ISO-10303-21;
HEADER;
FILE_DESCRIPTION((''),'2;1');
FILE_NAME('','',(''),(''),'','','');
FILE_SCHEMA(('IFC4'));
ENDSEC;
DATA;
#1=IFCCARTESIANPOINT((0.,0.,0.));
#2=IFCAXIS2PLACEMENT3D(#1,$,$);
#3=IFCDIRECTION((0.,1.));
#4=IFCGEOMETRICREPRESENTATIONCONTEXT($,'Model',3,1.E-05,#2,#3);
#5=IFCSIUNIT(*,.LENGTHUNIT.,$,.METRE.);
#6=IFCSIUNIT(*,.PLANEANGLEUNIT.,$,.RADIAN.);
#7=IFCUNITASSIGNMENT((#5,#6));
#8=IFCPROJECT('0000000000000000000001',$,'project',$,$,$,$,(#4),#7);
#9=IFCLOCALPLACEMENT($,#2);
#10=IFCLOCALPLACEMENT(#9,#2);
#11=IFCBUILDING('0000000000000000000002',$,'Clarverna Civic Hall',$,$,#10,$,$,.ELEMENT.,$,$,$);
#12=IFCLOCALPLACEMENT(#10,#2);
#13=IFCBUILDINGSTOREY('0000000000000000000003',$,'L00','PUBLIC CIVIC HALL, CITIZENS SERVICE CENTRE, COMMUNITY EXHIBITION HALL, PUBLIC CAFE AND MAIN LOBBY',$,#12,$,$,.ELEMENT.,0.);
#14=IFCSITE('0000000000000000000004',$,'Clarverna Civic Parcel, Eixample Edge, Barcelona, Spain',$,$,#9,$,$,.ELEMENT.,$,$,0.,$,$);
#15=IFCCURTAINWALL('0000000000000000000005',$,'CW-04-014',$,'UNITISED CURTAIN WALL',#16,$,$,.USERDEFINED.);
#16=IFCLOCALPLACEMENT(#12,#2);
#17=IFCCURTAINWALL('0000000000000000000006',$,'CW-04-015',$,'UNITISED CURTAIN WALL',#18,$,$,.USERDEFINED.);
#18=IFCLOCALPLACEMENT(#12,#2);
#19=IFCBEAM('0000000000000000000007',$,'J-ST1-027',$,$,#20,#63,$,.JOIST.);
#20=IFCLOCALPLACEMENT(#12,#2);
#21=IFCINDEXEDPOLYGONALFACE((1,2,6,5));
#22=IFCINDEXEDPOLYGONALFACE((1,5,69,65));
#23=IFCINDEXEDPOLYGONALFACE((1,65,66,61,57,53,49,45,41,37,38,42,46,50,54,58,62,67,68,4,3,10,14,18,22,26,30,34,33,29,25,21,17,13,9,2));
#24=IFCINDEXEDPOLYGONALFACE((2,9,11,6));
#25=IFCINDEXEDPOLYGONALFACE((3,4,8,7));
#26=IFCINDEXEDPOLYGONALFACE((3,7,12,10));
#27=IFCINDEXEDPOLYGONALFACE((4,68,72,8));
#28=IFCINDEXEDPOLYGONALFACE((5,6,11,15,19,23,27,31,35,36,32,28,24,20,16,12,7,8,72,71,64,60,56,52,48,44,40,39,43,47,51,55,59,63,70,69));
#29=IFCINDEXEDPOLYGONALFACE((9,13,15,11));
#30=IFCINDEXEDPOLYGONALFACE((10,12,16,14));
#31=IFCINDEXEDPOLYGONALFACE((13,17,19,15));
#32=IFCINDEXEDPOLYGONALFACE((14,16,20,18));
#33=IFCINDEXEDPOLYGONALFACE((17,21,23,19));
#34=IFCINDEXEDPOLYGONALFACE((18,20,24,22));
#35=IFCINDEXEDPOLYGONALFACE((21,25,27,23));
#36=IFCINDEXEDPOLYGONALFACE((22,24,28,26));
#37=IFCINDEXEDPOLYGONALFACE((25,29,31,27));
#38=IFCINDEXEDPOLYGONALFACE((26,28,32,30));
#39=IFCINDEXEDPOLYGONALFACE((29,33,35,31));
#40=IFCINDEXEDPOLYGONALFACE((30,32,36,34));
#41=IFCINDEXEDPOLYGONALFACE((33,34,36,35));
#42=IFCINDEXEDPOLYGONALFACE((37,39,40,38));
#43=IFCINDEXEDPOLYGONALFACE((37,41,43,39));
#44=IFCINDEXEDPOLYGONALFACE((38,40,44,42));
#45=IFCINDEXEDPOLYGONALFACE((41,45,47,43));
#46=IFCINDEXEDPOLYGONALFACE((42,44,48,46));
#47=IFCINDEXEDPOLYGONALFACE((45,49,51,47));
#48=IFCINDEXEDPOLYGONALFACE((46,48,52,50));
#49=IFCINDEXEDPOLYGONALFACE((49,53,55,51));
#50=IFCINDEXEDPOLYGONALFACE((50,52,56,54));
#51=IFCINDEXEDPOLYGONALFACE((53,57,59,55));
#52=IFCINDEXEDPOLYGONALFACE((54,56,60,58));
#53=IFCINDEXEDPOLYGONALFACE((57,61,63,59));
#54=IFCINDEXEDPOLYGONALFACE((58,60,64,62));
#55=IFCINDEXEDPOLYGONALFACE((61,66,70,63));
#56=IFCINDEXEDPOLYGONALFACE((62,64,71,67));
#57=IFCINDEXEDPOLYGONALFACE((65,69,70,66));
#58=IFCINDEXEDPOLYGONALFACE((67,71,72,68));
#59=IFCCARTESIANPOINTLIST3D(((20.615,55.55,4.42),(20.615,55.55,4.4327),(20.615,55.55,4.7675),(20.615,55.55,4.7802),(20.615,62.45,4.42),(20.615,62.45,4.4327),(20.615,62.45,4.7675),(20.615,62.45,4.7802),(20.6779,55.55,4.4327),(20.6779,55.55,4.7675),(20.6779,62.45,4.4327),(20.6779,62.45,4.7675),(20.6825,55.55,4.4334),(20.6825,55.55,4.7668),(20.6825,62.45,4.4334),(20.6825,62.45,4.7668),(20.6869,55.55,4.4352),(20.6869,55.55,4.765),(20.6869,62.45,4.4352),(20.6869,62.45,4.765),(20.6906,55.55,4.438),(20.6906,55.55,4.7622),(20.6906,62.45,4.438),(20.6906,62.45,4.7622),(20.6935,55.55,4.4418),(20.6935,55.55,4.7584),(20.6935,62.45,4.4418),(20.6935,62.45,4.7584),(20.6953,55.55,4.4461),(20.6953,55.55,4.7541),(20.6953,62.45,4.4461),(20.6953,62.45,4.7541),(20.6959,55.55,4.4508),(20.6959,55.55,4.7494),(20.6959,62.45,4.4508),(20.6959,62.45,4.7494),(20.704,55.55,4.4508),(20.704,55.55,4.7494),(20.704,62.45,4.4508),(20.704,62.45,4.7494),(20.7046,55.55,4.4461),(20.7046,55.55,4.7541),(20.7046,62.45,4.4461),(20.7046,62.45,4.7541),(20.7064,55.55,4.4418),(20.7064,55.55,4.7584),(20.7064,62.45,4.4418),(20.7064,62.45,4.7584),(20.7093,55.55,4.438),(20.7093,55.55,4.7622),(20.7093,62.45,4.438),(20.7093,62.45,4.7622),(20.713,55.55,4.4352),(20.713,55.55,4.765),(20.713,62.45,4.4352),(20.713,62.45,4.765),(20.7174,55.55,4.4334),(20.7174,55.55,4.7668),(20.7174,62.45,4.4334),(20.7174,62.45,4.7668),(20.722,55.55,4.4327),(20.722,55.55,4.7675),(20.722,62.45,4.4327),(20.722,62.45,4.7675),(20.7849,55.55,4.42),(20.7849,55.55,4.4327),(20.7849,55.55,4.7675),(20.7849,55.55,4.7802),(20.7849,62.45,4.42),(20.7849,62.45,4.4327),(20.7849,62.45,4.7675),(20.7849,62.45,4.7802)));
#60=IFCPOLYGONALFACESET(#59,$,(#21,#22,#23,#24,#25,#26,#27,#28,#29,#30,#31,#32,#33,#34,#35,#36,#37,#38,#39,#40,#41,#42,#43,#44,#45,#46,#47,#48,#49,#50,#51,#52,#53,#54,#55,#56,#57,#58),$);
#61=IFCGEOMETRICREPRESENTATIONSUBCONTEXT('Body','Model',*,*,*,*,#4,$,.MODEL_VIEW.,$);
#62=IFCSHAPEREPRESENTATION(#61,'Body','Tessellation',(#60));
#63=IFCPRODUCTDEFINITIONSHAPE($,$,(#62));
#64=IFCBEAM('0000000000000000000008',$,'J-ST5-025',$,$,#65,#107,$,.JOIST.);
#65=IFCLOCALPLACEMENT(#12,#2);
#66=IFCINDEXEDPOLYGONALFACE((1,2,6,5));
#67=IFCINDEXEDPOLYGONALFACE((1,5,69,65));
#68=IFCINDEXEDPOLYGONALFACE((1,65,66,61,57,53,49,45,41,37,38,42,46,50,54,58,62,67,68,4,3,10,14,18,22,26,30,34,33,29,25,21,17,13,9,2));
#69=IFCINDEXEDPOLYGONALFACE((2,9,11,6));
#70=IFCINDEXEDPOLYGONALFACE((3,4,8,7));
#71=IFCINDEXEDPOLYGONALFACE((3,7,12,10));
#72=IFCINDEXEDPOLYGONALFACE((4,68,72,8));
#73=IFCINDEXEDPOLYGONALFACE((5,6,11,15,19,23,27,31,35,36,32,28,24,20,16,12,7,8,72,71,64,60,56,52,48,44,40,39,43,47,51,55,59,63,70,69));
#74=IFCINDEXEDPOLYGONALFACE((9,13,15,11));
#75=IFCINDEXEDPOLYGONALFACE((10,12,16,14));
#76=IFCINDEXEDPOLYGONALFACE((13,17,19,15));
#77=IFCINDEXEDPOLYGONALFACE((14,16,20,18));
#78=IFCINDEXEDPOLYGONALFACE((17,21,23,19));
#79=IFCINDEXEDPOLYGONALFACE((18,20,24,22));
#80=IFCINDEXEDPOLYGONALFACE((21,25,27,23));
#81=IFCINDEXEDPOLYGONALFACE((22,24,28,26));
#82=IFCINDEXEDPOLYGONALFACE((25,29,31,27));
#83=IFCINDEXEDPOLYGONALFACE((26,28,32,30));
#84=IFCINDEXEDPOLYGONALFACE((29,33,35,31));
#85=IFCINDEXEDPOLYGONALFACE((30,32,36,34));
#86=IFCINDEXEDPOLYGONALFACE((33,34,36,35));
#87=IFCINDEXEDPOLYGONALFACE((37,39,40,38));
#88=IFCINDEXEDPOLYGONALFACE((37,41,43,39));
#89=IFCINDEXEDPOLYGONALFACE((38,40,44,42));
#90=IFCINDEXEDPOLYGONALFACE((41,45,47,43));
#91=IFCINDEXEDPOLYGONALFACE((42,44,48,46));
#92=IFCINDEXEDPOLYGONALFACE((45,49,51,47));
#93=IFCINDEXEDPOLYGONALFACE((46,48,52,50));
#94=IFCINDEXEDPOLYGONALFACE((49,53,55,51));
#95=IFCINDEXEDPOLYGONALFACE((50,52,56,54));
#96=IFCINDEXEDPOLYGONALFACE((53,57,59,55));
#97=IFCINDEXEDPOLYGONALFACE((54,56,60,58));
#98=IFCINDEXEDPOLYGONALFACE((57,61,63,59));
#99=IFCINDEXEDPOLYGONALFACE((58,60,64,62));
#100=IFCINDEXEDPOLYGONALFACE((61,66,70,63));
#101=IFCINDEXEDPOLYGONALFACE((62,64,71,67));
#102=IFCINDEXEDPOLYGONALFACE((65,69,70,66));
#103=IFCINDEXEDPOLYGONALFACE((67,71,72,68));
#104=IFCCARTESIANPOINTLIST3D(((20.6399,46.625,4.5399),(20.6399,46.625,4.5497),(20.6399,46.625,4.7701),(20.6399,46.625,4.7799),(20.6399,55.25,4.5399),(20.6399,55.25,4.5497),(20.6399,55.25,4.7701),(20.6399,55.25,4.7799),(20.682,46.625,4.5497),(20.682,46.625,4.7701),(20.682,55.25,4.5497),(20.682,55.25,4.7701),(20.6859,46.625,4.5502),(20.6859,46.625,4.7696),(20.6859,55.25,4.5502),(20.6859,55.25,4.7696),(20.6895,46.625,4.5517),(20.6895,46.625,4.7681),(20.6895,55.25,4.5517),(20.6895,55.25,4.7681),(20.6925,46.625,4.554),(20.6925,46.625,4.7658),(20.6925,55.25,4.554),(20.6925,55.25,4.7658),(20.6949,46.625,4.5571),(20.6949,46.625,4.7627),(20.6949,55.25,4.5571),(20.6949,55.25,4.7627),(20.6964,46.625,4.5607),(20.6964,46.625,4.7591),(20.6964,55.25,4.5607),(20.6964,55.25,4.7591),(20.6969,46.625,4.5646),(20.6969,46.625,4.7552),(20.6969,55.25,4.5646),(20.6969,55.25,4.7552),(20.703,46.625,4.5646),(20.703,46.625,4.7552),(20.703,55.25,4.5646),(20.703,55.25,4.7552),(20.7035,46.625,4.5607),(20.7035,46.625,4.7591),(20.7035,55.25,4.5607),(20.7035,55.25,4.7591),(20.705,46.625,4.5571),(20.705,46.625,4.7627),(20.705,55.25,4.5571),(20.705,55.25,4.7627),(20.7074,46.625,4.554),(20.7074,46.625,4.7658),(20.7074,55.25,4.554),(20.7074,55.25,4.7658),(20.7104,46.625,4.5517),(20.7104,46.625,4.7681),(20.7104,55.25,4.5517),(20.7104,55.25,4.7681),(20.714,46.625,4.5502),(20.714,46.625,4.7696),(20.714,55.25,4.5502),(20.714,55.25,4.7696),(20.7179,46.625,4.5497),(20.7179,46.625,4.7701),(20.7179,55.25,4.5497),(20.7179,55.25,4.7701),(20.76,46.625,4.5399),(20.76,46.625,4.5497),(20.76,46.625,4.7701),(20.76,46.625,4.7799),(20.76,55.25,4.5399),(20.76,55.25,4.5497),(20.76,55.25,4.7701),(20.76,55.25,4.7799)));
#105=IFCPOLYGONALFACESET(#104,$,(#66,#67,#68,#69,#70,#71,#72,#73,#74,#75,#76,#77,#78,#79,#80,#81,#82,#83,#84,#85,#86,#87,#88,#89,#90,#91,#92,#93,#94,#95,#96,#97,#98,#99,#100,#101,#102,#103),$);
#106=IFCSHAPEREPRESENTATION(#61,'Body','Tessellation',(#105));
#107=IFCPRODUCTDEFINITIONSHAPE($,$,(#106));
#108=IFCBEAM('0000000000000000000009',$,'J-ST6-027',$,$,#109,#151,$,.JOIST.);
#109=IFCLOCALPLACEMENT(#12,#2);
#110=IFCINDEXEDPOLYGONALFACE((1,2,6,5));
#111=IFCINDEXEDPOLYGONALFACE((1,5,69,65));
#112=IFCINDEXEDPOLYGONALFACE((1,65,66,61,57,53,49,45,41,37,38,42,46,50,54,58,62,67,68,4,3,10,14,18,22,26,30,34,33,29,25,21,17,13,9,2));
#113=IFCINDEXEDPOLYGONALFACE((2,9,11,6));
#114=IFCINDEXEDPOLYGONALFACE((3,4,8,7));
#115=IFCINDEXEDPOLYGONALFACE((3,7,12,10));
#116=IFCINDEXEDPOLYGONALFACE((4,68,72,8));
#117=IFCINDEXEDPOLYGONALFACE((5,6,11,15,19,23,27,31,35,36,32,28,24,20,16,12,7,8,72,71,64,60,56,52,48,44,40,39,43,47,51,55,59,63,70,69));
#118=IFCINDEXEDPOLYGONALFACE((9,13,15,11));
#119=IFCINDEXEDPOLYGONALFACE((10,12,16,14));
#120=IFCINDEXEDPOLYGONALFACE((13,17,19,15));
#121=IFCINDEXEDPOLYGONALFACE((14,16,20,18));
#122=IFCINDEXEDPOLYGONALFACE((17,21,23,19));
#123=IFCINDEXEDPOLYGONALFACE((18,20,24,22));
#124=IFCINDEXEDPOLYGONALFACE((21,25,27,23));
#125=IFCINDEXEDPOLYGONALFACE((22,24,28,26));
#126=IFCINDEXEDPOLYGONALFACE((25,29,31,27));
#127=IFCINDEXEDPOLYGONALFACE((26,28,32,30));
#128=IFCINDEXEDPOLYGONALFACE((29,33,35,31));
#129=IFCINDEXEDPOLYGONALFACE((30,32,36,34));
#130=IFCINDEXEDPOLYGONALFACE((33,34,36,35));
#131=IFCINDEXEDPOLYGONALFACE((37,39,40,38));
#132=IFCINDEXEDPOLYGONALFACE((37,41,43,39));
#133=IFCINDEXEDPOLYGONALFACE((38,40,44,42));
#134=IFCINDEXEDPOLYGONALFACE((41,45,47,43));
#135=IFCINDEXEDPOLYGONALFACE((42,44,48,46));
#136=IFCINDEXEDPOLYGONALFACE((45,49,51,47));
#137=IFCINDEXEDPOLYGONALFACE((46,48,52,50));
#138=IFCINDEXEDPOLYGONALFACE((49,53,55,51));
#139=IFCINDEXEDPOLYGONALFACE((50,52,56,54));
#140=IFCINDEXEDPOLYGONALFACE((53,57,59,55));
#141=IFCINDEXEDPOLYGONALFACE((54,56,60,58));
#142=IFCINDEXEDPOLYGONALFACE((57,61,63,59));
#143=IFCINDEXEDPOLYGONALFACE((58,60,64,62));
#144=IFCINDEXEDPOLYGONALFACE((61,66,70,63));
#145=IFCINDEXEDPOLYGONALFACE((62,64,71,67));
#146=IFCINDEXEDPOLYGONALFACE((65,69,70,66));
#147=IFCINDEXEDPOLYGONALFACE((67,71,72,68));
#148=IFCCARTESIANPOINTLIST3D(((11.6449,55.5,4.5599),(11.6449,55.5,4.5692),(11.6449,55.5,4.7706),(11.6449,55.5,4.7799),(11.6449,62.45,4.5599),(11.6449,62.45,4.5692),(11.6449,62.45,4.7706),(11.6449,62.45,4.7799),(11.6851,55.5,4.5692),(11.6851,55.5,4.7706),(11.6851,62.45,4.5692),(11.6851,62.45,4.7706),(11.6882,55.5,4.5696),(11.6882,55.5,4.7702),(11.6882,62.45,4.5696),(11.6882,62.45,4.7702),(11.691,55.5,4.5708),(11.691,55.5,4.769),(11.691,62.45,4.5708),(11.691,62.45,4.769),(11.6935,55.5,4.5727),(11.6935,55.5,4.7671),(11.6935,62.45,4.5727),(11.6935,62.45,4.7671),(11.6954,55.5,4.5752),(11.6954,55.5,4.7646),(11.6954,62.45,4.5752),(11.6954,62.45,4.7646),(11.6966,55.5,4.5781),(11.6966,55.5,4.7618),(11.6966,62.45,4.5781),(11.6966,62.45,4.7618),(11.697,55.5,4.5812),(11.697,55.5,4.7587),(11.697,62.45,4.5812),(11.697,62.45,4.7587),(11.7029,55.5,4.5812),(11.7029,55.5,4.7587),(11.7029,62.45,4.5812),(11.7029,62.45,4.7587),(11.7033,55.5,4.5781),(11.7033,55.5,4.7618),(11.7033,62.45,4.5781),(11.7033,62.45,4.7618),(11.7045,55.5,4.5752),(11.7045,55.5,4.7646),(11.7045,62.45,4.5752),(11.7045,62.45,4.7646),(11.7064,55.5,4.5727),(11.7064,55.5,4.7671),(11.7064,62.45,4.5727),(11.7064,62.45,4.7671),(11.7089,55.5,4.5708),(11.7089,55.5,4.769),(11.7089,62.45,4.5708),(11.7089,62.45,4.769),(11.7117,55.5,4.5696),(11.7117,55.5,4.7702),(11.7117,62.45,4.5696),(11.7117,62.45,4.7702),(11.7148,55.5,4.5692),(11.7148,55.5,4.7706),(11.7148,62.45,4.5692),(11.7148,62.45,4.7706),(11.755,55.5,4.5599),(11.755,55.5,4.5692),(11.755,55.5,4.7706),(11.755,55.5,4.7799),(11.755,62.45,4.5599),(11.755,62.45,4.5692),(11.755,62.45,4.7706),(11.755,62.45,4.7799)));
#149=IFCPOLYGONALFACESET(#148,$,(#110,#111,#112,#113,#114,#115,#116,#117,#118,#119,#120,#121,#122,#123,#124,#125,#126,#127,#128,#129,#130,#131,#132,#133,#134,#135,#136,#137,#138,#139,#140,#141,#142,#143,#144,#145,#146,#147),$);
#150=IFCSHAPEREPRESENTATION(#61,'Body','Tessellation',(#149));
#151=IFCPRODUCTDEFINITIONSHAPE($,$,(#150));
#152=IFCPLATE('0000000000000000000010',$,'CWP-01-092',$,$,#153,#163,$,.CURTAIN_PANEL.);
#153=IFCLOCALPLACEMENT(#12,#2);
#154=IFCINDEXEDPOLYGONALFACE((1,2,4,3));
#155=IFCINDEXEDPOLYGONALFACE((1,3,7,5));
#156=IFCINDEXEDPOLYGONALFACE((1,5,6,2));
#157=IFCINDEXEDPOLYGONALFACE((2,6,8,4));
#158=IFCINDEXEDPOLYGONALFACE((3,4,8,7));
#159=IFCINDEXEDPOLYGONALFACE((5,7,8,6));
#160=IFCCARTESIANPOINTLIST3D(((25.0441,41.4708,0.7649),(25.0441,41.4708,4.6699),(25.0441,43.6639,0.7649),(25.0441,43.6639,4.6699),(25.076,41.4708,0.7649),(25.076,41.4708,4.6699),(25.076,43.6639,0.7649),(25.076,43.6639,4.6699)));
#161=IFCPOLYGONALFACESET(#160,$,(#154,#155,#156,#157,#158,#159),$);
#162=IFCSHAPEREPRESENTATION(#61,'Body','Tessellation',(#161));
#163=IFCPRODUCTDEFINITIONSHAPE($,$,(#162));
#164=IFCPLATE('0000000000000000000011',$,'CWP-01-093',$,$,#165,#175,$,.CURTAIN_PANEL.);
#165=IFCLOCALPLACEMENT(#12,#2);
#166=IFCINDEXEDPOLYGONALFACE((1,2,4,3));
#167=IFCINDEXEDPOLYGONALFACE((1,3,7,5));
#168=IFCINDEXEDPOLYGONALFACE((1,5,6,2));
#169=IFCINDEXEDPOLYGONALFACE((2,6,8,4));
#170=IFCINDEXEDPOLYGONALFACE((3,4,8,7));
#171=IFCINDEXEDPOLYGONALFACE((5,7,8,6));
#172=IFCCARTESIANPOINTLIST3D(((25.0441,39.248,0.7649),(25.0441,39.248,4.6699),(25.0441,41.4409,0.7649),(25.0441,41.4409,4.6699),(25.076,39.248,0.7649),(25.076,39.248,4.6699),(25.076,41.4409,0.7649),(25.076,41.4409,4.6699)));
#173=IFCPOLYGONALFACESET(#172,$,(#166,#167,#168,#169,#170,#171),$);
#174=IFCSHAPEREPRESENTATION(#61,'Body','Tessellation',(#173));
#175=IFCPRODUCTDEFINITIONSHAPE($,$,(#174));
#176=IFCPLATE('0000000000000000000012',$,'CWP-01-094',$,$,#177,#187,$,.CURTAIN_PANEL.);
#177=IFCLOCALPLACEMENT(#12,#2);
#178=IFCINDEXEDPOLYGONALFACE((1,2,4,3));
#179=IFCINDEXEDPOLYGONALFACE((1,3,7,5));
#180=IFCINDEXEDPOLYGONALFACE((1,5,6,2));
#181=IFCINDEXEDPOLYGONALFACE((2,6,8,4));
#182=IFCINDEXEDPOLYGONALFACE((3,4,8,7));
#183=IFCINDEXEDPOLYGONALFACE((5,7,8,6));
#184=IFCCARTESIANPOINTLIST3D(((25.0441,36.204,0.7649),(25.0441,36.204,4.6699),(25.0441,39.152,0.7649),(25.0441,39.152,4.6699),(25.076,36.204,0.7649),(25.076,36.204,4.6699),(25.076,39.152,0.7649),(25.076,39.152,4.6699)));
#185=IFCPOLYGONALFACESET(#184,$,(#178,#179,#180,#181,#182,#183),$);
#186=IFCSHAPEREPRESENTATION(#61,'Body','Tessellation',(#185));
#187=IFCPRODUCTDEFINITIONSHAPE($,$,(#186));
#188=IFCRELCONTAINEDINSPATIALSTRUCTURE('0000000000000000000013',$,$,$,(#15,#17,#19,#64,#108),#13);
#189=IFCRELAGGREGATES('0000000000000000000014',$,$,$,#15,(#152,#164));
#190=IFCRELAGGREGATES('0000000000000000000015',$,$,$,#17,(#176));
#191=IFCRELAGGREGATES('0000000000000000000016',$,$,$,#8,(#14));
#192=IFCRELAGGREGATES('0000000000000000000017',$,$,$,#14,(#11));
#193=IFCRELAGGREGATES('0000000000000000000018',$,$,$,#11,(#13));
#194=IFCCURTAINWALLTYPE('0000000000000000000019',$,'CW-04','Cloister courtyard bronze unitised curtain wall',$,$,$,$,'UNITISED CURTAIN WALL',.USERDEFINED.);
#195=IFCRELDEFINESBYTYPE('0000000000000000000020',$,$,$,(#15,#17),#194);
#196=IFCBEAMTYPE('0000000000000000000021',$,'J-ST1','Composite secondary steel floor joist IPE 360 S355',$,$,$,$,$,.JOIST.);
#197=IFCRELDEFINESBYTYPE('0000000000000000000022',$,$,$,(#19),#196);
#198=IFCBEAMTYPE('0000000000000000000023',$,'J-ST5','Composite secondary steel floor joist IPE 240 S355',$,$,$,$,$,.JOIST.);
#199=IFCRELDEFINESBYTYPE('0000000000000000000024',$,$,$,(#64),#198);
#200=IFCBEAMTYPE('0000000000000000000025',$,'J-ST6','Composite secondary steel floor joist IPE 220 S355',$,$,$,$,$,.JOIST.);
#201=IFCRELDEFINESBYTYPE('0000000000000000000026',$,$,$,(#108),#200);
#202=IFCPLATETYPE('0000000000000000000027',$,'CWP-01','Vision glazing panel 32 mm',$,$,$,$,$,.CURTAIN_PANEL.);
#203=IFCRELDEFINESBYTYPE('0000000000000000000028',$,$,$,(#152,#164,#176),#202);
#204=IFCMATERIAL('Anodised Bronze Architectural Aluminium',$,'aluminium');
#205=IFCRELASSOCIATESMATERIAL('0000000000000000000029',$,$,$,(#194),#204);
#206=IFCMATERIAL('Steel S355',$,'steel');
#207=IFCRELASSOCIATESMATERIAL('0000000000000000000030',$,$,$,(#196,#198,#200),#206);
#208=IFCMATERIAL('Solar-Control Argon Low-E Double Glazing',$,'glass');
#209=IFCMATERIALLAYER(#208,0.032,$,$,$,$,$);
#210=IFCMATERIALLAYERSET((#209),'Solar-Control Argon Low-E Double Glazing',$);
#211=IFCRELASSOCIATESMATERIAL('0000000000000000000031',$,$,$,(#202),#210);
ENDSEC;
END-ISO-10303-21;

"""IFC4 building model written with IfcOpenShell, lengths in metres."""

from ifc_helpers import new_model, si_unit, direction, frame, frame_2d, origin, origin_2d, place, context, subcontext, project, spatial, rectangle, i_section, extrude, material, layer, layer_set, material_profile, profile_set, type_object, element, aggregate, save


model = new_model("IFC4")

# Units and contexts
model_context = context("Model", 3, precision=1e-05, world=origin(), true_north=direction((0.0, 1.0)))
body_context = subcontext(model_context, "Body", "Model", "MODEL_VIEW")
ifc_project = project(units=[si_unit("LENGTHUNIT", "METRE"), si_unit("PLANEANGLEUNIT", "RADIAN")], contexts=[model_context])

# Site, building, storey
site_placement = place(None, origin())
site = spatial("IfcSite", under=ifc_project, at=site_placement, Name="Clarverna Civic Parcel, Eixample Edge, Barcelona, Spain", CompositionType="ELEMENT", RefElevation=0.0)
building_placement = place(site_placement, origin())
building = spatial("IfcBuilding", under=site, at=building_placement, Name="Clarverna Civic Hall", CompositionType="ELEMENT")
storey_placement = place(building_placement, origin())
storey = spatial("IfcBuildingStorey", under=building, at=storey_placement, Name="L00", Description="PUBLIC CIVIC HALL, CITIZENS SERVICE CENTRE, COMMUNITY EXHIBITION HALL, PUBLIC CAFE AND MAIN LOBBY", CompositionType="ELEMENT", Elevation=0.0)

# Shared definitions
ifc_material_1 = material(Name="Steel S355", Category="steel")

# Curtain walls
ifc_material_2 = material(Name="Anodised Bronze Architectural Aluminium", Category="aluminium")
curtain_wall_type = type_object("IfcCurtainWallType", Name="CW-04", Description="Cloister courtyard bronze unitised curtain wall", ElementType="UNITISED CURTAIN WALL", PredefinedType="USERDEFINED", material=ifc_material_2)
curtain_wall_1_placement = place(storey_placement, origin())
curtain_wall_1 = element("IfcCurtainWall", 1, at=curtain_wall_1_placement, inside=storey, type_object=curtain_wall_type, Name="CW-04-014", ObjectType="UNITISED CURTAIN WALL", PredefinedType="USERDEFINED")
curtain_wall_2_placement = place(storey_placement, origin())
curtain_wall_2 = element("IfcCurtainWall", 2, at=curtain_wall_2_placement, inside=storey, type_object=curtain_wall_type, Name="CW-04-015", ObjectType="UNITISED CURTAIN WALL", PredefinedType="USERDEFINED")

# Beams
ifc_material_profile_1 = material_profile(ifc_material_1, i_section(OverallWidth=0.1699, OverallDepth=0.3601, WebThickness=0.0081, FlangeThickness=0.0127, FilletRadius=0.0181, at=origin_2d()), Name="IPE 360")
ifc_profile_set_1 = profile_set([ifc_material_profile_1], Name="Steel S355")
beam_type_1 = type_object("IfcBeamType", Name="J-ST1", Description="Composite secondary steel floor joist IPE 360 S355", PredefinedType="JOIST", material=ifc_profile_set_1)
beam_1_placement = place(storey_placement, frame((20.7, 55.55, 4.6001), z_axis=(0.0, 1.0, 0.0), x_axis=(-1.0, 0.0, 0.0)))
element("IfcBeam", 3, at=beam_1_placement, inside=storey, type_object=beam_type_1, Name="J-ST1-027", PredefinedType="JOIST", context=body_context, shape_type="SweptSolid", body=[
    extrude(i_section(OverallWidth=0.1699, OverallDepth=0.3601, WebThickness=0.0081, FlangeThickness=0.0127, FilletRadius=0.0181, at=origin_2d()), origin(), (0.0, 0.0, 1.0), 6.8999),
])
ifc_material_profile_2 = material_profile(ifc_material_1, i_section(OverallWidth=0.1201, OverallDepth=0.24, WebThickness=0.0061, FlangeThickness=0.0098, FilletRadius=0.0149, at=origin_2d()), Name="IPE 240")
ifc_profile_set_2 = profile_set([ifc_material_profile_2], Name="Steel S355")
beam_type_2 = type_object("IfcBeamType", Name="J-ST5", Description="Composite secondary steel floor joist IPE 240 S355", PredefinedType="JOIST", material=ifc_profile_set_2)
beam_2_placement = place(storey_placement, frame((20.7, 46.625, 4.6599), z_axis=(0.0, 1.0, 0.0), x_axis=(-1.0, 0.0, 0.0)))
element("IfcBeam", 4, at=beam_2_placement, inside=storey, type_object=beam_type_2, Name="J-ST5-025", PredefinedType="JOIST", context=body_context, shape_type="SweptSolid", body=[
    extrude(i_section(OverallWidth=0.1201, OverallDepth=0.24, WebThickness=0.0061, FlangeThickness=0.0098, FilletRadius=0.0149, at=origin_2d()), origin(), (0.0, 0.0, 1.0), 8.625),
])
ifc_material_profile_3 = material_profile(ifc_material_1, i_section(OverallWidth=0.1101, OverallDepth=0.22, WebThickness=0.0059, FlangeThickness=0.0093, FilletRadius=0.012, at=origin_2d()), Name="IPE 220")
ifc_profile_set_3 = profile_set([ifc_material_profile_3], Name="Steel S355")
beam_type_3 = type_object("IfcBeamType", Name="J-ST6", Description="Composite secondary steel floor joist IPE 220 S355", PredefinedType="JOIST", material=ifc_profile_set_3)
beam_3_placement = place(storey_placement, frame((11.7, 55.5, 4.6699), z_axis=(0.0, 1.0, 0.0), x_axis=(-1.0, 0.0, 0.0)))
element("IfcBeam", 5, at=beam_3_placement, inside=storey, type_object=beam_type_3, Name="J-ST6-027", PredefinedType="JOIST", context=body_context, shape_type="SweptSolid", body=[
    extrude(i_section(OverallWidth=0.1101, OverallDepth=0.22, WebThickness=0.0059, FlangeThickness=0.0093, FilletRadius=0.012, at=origin_2d()), origin(), (0.0, 0.0, 1.0), 6.95),
])

# Plates
ifc_material_3 = material(Name="Solar-Control Argon Low-E Double Glazing", Category="glass")
ifc_layer_1 = layer(ifc_material_3, 0.032)
ifc_layer_set_1 = layer_set([ifc_layer_1], Name="Solar-Control Argon Low-E Double Glazing")
plate_type_1 = type_object("IfcPlateType", Name="CWP-01", Description="Vision glazing panel 32 mm", PredefinedType="CURTAIN_PANEL", material=ifc_layer_set_1)
plate_1_placement = place(storey_placement, frame((25.0601, 43.6641, 0.7649), z_axis=(0.0, 0.0, 1.0), x_axis=(0.0, -1.0, 0.0)))
plate_1 = element("IfcPlate", 6, at=plate_1_placement, type_object=plate_type_1, Name="CWP-01-092", PredefinedType="CURTAIN_PANEL", context=body_context, shape_type="SweptSolid", body=[
    extrude(rectangle(XDim=2.1931, YDim=0.032, at=frame_2d((1.0967, 0.0))), origin(), (0.0, 0.0, 1.0), 3.905),
])
plate_2_placement = place(storey_placement, frame((25.0601, 41.4409, 0.7649), z_axis=(0.0, 0.0, 1.0), x_axis=(0.0, -1.0, 0.0)))
plate_2 = element("IfcPlate", 7, at=plate_2_placement, type_object=plate_type_1, Name="CWP-01-093", PredefinedType="CURTAIN_PANEL", context=body_context, shape_type="SweptSolid", body=[
    extrude(rectangle(XDim=2.1929, YDim=0.032, at=frame_2d((1.0964, 0.0))), origin(), (0.0, 0.0, 1.0), 3.905),
])
plate_3_placement = place(storey_placement, frame((25.0601, 39.1521, 0.7649), z_axis=(0.0, 0.0, 1.0), x_axis=(0.0, -1.0, 0.0)))
plate_3 = element("IfcPlate", 8, at=plate_3_placement, type_object=plate_type_1, Name="CWP-01-094", PredefinedType="CURTAIN_PANEL", context=body_context, shape_type="SweptSolid", body=[
    extrude(rectangle(XDim=2.948, YDim=0.032, at=frame_2d((1.4741, 0.0))), origin(), (0.0, 0.0, 1.0), 3.905),
])
aggregate(curtain_wall_1, [plate_1, plate_2])
aggregate(curtain_wall_2, [plate_3])

save(model, "model.ifc")
